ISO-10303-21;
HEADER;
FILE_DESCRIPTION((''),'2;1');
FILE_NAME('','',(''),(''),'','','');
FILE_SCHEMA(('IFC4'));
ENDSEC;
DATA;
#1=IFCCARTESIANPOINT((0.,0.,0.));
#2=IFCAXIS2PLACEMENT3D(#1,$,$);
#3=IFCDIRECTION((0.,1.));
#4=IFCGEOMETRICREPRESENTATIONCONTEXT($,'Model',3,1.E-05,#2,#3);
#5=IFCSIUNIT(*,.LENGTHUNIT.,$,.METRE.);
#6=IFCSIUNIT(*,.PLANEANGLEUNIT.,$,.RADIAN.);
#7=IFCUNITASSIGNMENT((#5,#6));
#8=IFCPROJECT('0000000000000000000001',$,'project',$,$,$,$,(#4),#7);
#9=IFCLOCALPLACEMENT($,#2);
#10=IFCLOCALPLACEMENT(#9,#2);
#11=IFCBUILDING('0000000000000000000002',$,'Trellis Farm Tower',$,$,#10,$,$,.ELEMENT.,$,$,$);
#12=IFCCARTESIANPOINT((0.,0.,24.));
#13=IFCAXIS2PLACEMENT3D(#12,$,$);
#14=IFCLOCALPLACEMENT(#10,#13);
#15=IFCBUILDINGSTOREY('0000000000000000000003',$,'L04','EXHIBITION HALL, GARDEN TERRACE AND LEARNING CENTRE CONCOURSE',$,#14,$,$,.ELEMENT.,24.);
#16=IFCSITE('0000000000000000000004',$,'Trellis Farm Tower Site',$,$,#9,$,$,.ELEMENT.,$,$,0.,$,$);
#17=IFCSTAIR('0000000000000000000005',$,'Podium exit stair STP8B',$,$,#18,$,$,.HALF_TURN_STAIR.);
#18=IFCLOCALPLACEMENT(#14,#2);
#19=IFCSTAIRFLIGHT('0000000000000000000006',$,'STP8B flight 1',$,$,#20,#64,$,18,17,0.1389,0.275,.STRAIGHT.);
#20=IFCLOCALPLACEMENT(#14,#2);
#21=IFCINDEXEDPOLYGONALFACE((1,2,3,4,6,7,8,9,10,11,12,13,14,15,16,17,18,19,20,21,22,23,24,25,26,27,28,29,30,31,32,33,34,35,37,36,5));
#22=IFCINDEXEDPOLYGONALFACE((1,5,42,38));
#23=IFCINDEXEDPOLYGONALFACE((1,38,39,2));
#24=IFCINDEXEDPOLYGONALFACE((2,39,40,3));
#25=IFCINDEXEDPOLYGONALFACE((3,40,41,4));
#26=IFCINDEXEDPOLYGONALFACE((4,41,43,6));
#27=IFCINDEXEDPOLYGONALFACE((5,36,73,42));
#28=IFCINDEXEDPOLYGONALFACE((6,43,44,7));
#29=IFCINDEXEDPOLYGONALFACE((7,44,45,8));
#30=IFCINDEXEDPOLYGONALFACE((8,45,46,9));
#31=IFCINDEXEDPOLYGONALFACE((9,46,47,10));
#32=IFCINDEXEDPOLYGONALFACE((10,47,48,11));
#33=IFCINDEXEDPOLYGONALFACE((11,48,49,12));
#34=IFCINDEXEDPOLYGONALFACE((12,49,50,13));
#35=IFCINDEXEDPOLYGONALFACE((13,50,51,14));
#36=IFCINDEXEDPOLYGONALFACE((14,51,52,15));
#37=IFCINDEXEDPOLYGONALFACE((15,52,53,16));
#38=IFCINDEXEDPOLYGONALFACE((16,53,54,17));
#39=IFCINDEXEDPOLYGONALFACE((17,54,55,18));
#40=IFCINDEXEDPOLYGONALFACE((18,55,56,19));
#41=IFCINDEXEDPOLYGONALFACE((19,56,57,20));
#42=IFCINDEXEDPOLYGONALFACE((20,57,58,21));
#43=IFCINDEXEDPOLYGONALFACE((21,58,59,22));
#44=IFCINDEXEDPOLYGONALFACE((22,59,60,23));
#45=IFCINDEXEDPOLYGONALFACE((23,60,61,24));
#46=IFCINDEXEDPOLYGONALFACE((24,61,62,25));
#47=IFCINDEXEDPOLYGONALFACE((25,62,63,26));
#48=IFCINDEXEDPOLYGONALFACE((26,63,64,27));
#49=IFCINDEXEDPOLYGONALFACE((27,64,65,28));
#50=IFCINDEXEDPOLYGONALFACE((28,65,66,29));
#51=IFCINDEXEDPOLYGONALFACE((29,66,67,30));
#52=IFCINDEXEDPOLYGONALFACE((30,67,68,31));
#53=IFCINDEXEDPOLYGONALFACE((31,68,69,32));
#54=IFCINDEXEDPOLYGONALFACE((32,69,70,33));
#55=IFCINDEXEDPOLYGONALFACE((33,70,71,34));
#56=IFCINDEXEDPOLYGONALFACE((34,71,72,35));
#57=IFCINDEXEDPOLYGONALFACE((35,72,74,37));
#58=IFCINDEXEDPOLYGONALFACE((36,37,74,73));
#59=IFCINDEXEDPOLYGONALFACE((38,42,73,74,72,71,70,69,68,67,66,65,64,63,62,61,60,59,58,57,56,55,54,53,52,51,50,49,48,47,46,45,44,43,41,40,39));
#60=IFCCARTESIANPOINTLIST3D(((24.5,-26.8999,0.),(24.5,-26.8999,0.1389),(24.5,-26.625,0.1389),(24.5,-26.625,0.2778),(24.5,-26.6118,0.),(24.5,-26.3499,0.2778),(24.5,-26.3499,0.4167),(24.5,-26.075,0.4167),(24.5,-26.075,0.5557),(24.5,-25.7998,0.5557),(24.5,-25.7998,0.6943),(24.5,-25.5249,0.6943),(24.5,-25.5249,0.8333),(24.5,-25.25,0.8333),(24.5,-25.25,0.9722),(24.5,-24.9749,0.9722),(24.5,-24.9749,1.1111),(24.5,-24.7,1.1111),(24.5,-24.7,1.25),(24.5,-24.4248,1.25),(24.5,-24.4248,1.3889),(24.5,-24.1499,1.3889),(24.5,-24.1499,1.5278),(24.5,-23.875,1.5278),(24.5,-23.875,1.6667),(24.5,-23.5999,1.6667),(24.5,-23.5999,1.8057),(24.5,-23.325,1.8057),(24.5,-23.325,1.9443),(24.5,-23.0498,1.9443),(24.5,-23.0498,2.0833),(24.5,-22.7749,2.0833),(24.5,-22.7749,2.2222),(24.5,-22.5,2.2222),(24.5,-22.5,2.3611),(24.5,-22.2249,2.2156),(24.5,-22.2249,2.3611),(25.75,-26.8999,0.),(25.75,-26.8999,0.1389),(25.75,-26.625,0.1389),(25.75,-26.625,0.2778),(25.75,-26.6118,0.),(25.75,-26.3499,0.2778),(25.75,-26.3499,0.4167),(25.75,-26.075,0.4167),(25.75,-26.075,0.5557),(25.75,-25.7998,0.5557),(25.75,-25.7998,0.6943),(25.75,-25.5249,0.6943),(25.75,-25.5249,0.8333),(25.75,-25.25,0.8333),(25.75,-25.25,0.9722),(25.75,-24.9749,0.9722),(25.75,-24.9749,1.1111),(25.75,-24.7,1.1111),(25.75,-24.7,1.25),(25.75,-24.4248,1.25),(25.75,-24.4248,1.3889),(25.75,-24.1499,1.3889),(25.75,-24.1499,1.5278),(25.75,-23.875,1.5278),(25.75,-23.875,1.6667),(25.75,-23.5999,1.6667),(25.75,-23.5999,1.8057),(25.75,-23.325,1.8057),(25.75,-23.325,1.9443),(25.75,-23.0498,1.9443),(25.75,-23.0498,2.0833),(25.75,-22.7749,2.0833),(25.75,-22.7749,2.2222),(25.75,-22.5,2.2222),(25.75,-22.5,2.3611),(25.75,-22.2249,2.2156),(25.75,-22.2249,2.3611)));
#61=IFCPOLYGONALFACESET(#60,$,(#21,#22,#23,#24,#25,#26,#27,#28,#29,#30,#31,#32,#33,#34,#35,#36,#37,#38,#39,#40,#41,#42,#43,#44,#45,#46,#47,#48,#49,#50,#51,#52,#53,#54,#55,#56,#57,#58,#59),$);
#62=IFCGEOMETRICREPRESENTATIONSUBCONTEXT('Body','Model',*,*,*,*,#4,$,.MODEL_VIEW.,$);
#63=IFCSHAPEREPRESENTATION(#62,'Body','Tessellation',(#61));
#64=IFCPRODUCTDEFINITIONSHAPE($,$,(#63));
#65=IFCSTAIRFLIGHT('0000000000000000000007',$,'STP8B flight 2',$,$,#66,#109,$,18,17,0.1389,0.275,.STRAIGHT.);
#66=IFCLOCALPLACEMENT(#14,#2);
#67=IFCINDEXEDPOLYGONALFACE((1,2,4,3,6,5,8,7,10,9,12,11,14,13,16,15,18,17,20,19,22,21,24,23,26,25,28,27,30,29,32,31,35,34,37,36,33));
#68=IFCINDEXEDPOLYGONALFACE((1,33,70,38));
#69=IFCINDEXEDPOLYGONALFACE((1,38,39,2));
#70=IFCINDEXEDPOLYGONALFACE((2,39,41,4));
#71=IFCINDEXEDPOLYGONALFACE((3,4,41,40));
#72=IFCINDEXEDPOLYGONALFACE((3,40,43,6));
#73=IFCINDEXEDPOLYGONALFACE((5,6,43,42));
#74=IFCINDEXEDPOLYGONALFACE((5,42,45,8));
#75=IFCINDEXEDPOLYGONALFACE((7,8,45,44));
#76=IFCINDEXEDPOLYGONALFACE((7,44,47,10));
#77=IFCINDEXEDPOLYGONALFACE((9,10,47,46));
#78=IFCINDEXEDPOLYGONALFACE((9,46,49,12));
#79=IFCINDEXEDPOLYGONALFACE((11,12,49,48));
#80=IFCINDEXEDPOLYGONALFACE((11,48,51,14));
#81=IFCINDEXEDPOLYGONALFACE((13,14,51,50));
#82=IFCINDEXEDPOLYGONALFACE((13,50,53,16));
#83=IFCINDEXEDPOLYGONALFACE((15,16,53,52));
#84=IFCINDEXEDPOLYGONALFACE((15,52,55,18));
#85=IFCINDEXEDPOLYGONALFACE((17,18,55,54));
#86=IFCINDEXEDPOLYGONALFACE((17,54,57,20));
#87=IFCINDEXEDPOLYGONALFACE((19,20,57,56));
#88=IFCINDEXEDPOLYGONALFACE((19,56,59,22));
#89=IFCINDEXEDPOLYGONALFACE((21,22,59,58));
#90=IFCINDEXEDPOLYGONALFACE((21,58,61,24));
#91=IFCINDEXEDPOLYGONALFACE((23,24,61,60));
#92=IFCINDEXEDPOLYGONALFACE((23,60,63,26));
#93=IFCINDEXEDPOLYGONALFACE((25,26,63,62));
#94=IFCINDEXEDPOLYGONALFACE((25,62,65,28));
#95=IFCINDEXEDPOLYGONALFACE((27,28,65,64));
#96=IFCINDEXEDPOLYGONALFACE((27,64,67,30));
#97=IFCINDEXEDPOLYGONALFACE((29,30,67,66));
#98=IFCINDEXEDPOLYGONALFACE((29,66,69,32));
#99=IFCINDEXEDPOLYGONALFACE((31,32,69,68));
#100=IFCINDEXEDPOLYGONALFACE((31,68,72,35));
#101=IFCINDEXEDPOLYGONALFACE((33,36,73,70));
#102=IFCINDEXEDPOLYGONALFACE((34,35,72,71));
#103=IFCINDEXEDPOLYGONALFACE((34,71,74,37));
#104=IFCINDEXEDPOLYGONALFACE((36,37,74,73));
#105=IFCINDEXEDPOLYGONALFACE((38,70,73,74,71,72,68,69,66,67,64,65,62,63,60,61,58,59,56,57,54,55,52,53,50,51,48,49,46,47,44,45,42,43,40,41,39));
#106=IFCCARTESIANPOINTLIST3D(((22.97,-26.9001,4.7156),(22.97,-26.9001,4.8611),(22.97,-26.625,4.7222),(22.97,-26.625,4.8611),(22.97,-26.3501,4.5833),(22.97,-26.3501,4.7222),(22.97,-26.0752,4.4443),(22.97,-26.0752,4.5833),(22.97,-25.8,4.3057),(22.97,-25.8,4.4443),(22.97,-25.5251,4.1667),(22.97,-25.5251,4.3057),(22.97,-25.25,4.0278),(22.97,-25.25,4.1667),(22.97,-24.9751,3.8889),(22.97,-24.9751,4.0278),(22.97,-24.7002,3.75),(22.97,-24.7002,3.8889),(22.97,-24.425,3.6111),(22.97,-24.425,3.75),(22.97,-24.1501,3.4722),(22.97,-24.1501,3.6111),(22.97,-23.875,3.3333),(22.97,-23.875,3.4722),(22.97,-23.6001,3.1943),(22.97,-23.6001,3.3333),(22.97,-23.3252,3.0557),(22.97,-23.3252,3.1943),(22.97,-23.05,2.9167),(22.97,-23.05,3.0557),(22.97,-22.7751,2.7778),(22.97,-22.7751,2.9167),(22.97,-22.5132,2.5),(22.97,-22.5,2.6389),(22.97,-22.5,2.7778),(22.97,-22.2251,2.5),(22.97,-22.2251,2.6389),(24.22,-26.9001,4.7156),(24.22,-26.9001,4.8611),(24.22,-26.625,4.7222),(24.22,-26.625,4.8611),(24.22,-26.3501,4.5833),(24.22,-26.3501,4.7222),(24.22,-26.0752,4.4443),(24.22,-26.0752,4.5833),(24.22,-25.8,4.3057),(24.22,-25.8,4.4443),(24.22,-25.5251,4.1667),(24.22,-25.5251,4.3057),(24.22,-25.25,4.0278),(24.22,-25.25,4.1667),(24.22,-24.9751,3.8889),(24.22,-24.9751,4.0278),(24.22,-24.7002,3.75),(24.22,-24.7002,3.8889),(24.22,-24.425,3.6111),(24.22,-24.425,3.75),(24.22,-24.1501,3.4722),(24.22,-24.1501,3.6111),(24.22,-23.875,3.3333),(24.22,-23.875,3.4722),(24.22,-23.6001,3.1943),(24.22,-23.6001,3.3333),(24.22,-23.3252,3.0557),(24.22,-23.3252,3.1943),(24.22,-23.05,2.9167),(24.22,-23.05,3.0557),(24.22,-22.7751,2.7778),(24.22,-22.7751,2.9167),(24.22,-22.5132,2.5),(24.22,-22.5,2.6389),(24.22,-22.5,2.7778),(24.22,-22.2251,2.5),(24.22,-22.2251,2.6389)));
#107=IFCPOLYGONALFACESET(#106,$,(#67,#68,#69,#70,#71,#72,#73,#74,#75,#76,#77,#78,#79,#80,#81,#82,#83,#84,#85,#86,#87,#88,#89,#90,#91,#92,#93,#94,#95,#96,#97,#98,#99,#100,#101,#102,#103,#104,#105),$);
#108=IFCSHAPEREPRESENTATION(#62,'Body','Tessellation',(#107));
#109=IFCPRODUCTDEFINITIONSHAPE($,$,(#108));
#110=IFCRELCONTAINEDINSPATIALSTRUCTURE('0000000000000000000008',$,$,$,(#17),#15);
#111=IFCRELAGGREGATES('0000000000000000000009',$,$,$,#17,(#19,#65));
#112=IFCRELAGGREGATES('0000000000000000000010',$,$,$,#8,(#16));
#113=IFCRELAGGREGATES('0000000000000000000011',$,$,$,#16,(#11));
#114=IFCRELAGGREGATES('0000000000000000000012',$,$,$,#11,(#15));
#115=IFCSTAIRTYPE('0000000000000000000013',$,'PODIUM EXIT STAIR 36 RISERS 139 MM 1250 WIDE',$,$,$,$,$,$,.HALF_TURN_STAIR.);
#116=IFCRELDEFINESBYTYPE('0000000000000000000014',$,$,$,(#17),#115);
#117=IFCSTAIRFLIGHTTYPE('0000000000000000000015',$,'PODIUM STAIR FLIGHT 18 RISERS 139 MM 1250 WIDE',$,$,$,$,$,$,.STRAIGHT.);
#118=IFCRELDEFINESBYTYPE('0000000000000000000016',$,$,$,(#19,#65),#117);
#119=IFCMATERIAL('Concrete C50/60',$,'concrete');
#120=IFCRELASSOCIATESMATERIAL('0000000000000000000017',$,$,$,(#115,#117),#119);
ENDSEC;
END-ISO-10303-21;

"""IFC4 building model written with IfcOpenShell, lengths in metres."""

from ifc_helpers import new_model, si_unit, direction, frame, origin, place, context, subcontext, project, spatial, polyline, outline, extrude, source, transform, mapped, material, type_object, element, aggregate, save


model = new_model("IFC4")

# Units and contexts
model_context = context("Model", 3, precision=1e-05, world=origin(), true_north=direction((0.0, 1.0)))
body_context = subcontext(model_context, "Body", "Model", "MODEL_VIEW")
ifc_project = project(units=[si_unit("LENGTHUNIT", "METRE"), si_unit("PLANEANGLEUNIT", "RADIAN")], contexts=[model_context])

# Site, building, storey
site_placement = place(None, origin())
site = spatial("IfcSite", under=ifc_project, at=site_placement, Name="Trellis Farm Tower Site", CompositionType="ELEMENT", RefElevation=0.0)
building_placement = place(site_placement, origin())
building = spatial("IfcBuilding", under=site, at=building_placement, Name="Trellis Farm Tower", CompositionType="ELEMENT")
storey_placement = place(building_placement, frame((0.0, 0.0, 24.0)))
storey = spatial("IfcBuildingStorey", under=building, at=storey_placement, Name="L04", Description="EXHIBITION HALL, GARDEN TERRACE AND LEARNING CENTRE CONCOURSE", CompositionType="ELEMENT", Elevation=24.0)

# Stair, stair flights
ifc_material_1 = material(Name="Concrete C50/60", Category="concrete")
stair_type = type_object("IfcStairType", Name="PODIUM EXIT STAIR 36 RISERS 139 MM 1250 WIDE", PredefinedType="HALF_TURN_STAIR", material=ifc_material_1)
stair_placement = place(storey_placement, origin())
stair = element("IfcStair", 1, at=stair_placement, inside=storey, type_object=stair_type, Name="Podium exit stair STP8B", PredefinedType="HALF_TURN_STAIR")
stair_flight_type = type_object("IfcStairFlightType", Name="PODIUM STAIR FLIGHT 18 RISERS 139 MM 1250 WIDE", PredefinedType="STRAIGHT", material=ifc_material_1)
shared_shape_1 = source(origin(), body_context, "Body", "SweptSolid", [
    extrude(outline(polyline([(0.0, 0.0), (0.0, 0.1389), (0.2749, 0.1389), (0.2749, 0.2778), (0.55, 0.2778), (0.55, 0.4167), (0.825, 0.4167), (0.825, 0.5557), (1.1001, 0.5557), (1.1001, 0.6943), (1.375, 0.6943), (1.375, 0.8333), (1.6499, 0.8333), (1.6499, 0.9722), (1.925, 0.9722), (1.925, 1.1111), (2.2, 1.1111), (2.2, 1.25), (2.4751, 1.25), (2.4751, 1.3889), (2.75, 1.3889), (2.75, 1.5278), (3.0249, 1.5278), (3.0249, 1.6667), (3.3, 1.6667), (3.3, 1.8057), (3.575, 1.8057), (3.575, 1.9443), (3.8501, 1.9443), (3.8501, 2.0833), (4.125, 2.0833), (4.125, 2.2222), (4.3999, 2.2222), (4.3999, 2.3611), (4.675, 2.3611), (4.675, 2.5), (4.675, 2.2156), (0.2881, 0.0), (0.0, 0.0)])), frame((0.0, 0.625, 0.0), z_axis=(0.0, -1.0, 0.0), x_axis=(1.0, 0.0, 0.0)), (0.0, 0.0, 1.0), 1.25),
])
stair_flight_1_placement = place(storey_placement, frame((25.125, -26.8999, 0.0), z_axis=(0.0, 0.0, 1.0), x_axis=(0.0, 1.0, 0.0)))
stair_flight_1 = element("IfcStairFlight", 2, at=stair_flight_1_placement, type_object=stair_flight_type, Name="STP8B flight 1", NumberOfRisers=18, NumberOfTreads=17, PredefinedType="STRAIGHT", RiserHeight=0.1389, TreadLength=0.275, context=body_context, shape_type="MappedRepresentation", body=[
    mapped(shared_shape_1, transform((0.0, 0.0, 0.0))),
])
stair_flight_2_placement = place(storey_placement, frame((23.595, -22.2251, 2.5), z_axis=(0.0, 0.0, 1.0), x_axis=(0.0, -1.0, 0.0)))
stair_flight_2 = element("IfcStairFlight", 3, at=stair_flight_2_placement, type_object=stair_flight_type, Name="STP8B flight 2", NumberOfRisers=18, NumberOfTreads=17, PredefinedType="STRAIGHT", RiserHeight=0.1389, TreadLength=0.275, context=body_context, shape_type="MappedRepresentation", body=[
    mapped(shared_shape_1, transform((0.0, 0.0, 0.0))),
])
aggregate(stair, [stair_flight_1, stair_flight_2])

save(model, "model.ifc")
